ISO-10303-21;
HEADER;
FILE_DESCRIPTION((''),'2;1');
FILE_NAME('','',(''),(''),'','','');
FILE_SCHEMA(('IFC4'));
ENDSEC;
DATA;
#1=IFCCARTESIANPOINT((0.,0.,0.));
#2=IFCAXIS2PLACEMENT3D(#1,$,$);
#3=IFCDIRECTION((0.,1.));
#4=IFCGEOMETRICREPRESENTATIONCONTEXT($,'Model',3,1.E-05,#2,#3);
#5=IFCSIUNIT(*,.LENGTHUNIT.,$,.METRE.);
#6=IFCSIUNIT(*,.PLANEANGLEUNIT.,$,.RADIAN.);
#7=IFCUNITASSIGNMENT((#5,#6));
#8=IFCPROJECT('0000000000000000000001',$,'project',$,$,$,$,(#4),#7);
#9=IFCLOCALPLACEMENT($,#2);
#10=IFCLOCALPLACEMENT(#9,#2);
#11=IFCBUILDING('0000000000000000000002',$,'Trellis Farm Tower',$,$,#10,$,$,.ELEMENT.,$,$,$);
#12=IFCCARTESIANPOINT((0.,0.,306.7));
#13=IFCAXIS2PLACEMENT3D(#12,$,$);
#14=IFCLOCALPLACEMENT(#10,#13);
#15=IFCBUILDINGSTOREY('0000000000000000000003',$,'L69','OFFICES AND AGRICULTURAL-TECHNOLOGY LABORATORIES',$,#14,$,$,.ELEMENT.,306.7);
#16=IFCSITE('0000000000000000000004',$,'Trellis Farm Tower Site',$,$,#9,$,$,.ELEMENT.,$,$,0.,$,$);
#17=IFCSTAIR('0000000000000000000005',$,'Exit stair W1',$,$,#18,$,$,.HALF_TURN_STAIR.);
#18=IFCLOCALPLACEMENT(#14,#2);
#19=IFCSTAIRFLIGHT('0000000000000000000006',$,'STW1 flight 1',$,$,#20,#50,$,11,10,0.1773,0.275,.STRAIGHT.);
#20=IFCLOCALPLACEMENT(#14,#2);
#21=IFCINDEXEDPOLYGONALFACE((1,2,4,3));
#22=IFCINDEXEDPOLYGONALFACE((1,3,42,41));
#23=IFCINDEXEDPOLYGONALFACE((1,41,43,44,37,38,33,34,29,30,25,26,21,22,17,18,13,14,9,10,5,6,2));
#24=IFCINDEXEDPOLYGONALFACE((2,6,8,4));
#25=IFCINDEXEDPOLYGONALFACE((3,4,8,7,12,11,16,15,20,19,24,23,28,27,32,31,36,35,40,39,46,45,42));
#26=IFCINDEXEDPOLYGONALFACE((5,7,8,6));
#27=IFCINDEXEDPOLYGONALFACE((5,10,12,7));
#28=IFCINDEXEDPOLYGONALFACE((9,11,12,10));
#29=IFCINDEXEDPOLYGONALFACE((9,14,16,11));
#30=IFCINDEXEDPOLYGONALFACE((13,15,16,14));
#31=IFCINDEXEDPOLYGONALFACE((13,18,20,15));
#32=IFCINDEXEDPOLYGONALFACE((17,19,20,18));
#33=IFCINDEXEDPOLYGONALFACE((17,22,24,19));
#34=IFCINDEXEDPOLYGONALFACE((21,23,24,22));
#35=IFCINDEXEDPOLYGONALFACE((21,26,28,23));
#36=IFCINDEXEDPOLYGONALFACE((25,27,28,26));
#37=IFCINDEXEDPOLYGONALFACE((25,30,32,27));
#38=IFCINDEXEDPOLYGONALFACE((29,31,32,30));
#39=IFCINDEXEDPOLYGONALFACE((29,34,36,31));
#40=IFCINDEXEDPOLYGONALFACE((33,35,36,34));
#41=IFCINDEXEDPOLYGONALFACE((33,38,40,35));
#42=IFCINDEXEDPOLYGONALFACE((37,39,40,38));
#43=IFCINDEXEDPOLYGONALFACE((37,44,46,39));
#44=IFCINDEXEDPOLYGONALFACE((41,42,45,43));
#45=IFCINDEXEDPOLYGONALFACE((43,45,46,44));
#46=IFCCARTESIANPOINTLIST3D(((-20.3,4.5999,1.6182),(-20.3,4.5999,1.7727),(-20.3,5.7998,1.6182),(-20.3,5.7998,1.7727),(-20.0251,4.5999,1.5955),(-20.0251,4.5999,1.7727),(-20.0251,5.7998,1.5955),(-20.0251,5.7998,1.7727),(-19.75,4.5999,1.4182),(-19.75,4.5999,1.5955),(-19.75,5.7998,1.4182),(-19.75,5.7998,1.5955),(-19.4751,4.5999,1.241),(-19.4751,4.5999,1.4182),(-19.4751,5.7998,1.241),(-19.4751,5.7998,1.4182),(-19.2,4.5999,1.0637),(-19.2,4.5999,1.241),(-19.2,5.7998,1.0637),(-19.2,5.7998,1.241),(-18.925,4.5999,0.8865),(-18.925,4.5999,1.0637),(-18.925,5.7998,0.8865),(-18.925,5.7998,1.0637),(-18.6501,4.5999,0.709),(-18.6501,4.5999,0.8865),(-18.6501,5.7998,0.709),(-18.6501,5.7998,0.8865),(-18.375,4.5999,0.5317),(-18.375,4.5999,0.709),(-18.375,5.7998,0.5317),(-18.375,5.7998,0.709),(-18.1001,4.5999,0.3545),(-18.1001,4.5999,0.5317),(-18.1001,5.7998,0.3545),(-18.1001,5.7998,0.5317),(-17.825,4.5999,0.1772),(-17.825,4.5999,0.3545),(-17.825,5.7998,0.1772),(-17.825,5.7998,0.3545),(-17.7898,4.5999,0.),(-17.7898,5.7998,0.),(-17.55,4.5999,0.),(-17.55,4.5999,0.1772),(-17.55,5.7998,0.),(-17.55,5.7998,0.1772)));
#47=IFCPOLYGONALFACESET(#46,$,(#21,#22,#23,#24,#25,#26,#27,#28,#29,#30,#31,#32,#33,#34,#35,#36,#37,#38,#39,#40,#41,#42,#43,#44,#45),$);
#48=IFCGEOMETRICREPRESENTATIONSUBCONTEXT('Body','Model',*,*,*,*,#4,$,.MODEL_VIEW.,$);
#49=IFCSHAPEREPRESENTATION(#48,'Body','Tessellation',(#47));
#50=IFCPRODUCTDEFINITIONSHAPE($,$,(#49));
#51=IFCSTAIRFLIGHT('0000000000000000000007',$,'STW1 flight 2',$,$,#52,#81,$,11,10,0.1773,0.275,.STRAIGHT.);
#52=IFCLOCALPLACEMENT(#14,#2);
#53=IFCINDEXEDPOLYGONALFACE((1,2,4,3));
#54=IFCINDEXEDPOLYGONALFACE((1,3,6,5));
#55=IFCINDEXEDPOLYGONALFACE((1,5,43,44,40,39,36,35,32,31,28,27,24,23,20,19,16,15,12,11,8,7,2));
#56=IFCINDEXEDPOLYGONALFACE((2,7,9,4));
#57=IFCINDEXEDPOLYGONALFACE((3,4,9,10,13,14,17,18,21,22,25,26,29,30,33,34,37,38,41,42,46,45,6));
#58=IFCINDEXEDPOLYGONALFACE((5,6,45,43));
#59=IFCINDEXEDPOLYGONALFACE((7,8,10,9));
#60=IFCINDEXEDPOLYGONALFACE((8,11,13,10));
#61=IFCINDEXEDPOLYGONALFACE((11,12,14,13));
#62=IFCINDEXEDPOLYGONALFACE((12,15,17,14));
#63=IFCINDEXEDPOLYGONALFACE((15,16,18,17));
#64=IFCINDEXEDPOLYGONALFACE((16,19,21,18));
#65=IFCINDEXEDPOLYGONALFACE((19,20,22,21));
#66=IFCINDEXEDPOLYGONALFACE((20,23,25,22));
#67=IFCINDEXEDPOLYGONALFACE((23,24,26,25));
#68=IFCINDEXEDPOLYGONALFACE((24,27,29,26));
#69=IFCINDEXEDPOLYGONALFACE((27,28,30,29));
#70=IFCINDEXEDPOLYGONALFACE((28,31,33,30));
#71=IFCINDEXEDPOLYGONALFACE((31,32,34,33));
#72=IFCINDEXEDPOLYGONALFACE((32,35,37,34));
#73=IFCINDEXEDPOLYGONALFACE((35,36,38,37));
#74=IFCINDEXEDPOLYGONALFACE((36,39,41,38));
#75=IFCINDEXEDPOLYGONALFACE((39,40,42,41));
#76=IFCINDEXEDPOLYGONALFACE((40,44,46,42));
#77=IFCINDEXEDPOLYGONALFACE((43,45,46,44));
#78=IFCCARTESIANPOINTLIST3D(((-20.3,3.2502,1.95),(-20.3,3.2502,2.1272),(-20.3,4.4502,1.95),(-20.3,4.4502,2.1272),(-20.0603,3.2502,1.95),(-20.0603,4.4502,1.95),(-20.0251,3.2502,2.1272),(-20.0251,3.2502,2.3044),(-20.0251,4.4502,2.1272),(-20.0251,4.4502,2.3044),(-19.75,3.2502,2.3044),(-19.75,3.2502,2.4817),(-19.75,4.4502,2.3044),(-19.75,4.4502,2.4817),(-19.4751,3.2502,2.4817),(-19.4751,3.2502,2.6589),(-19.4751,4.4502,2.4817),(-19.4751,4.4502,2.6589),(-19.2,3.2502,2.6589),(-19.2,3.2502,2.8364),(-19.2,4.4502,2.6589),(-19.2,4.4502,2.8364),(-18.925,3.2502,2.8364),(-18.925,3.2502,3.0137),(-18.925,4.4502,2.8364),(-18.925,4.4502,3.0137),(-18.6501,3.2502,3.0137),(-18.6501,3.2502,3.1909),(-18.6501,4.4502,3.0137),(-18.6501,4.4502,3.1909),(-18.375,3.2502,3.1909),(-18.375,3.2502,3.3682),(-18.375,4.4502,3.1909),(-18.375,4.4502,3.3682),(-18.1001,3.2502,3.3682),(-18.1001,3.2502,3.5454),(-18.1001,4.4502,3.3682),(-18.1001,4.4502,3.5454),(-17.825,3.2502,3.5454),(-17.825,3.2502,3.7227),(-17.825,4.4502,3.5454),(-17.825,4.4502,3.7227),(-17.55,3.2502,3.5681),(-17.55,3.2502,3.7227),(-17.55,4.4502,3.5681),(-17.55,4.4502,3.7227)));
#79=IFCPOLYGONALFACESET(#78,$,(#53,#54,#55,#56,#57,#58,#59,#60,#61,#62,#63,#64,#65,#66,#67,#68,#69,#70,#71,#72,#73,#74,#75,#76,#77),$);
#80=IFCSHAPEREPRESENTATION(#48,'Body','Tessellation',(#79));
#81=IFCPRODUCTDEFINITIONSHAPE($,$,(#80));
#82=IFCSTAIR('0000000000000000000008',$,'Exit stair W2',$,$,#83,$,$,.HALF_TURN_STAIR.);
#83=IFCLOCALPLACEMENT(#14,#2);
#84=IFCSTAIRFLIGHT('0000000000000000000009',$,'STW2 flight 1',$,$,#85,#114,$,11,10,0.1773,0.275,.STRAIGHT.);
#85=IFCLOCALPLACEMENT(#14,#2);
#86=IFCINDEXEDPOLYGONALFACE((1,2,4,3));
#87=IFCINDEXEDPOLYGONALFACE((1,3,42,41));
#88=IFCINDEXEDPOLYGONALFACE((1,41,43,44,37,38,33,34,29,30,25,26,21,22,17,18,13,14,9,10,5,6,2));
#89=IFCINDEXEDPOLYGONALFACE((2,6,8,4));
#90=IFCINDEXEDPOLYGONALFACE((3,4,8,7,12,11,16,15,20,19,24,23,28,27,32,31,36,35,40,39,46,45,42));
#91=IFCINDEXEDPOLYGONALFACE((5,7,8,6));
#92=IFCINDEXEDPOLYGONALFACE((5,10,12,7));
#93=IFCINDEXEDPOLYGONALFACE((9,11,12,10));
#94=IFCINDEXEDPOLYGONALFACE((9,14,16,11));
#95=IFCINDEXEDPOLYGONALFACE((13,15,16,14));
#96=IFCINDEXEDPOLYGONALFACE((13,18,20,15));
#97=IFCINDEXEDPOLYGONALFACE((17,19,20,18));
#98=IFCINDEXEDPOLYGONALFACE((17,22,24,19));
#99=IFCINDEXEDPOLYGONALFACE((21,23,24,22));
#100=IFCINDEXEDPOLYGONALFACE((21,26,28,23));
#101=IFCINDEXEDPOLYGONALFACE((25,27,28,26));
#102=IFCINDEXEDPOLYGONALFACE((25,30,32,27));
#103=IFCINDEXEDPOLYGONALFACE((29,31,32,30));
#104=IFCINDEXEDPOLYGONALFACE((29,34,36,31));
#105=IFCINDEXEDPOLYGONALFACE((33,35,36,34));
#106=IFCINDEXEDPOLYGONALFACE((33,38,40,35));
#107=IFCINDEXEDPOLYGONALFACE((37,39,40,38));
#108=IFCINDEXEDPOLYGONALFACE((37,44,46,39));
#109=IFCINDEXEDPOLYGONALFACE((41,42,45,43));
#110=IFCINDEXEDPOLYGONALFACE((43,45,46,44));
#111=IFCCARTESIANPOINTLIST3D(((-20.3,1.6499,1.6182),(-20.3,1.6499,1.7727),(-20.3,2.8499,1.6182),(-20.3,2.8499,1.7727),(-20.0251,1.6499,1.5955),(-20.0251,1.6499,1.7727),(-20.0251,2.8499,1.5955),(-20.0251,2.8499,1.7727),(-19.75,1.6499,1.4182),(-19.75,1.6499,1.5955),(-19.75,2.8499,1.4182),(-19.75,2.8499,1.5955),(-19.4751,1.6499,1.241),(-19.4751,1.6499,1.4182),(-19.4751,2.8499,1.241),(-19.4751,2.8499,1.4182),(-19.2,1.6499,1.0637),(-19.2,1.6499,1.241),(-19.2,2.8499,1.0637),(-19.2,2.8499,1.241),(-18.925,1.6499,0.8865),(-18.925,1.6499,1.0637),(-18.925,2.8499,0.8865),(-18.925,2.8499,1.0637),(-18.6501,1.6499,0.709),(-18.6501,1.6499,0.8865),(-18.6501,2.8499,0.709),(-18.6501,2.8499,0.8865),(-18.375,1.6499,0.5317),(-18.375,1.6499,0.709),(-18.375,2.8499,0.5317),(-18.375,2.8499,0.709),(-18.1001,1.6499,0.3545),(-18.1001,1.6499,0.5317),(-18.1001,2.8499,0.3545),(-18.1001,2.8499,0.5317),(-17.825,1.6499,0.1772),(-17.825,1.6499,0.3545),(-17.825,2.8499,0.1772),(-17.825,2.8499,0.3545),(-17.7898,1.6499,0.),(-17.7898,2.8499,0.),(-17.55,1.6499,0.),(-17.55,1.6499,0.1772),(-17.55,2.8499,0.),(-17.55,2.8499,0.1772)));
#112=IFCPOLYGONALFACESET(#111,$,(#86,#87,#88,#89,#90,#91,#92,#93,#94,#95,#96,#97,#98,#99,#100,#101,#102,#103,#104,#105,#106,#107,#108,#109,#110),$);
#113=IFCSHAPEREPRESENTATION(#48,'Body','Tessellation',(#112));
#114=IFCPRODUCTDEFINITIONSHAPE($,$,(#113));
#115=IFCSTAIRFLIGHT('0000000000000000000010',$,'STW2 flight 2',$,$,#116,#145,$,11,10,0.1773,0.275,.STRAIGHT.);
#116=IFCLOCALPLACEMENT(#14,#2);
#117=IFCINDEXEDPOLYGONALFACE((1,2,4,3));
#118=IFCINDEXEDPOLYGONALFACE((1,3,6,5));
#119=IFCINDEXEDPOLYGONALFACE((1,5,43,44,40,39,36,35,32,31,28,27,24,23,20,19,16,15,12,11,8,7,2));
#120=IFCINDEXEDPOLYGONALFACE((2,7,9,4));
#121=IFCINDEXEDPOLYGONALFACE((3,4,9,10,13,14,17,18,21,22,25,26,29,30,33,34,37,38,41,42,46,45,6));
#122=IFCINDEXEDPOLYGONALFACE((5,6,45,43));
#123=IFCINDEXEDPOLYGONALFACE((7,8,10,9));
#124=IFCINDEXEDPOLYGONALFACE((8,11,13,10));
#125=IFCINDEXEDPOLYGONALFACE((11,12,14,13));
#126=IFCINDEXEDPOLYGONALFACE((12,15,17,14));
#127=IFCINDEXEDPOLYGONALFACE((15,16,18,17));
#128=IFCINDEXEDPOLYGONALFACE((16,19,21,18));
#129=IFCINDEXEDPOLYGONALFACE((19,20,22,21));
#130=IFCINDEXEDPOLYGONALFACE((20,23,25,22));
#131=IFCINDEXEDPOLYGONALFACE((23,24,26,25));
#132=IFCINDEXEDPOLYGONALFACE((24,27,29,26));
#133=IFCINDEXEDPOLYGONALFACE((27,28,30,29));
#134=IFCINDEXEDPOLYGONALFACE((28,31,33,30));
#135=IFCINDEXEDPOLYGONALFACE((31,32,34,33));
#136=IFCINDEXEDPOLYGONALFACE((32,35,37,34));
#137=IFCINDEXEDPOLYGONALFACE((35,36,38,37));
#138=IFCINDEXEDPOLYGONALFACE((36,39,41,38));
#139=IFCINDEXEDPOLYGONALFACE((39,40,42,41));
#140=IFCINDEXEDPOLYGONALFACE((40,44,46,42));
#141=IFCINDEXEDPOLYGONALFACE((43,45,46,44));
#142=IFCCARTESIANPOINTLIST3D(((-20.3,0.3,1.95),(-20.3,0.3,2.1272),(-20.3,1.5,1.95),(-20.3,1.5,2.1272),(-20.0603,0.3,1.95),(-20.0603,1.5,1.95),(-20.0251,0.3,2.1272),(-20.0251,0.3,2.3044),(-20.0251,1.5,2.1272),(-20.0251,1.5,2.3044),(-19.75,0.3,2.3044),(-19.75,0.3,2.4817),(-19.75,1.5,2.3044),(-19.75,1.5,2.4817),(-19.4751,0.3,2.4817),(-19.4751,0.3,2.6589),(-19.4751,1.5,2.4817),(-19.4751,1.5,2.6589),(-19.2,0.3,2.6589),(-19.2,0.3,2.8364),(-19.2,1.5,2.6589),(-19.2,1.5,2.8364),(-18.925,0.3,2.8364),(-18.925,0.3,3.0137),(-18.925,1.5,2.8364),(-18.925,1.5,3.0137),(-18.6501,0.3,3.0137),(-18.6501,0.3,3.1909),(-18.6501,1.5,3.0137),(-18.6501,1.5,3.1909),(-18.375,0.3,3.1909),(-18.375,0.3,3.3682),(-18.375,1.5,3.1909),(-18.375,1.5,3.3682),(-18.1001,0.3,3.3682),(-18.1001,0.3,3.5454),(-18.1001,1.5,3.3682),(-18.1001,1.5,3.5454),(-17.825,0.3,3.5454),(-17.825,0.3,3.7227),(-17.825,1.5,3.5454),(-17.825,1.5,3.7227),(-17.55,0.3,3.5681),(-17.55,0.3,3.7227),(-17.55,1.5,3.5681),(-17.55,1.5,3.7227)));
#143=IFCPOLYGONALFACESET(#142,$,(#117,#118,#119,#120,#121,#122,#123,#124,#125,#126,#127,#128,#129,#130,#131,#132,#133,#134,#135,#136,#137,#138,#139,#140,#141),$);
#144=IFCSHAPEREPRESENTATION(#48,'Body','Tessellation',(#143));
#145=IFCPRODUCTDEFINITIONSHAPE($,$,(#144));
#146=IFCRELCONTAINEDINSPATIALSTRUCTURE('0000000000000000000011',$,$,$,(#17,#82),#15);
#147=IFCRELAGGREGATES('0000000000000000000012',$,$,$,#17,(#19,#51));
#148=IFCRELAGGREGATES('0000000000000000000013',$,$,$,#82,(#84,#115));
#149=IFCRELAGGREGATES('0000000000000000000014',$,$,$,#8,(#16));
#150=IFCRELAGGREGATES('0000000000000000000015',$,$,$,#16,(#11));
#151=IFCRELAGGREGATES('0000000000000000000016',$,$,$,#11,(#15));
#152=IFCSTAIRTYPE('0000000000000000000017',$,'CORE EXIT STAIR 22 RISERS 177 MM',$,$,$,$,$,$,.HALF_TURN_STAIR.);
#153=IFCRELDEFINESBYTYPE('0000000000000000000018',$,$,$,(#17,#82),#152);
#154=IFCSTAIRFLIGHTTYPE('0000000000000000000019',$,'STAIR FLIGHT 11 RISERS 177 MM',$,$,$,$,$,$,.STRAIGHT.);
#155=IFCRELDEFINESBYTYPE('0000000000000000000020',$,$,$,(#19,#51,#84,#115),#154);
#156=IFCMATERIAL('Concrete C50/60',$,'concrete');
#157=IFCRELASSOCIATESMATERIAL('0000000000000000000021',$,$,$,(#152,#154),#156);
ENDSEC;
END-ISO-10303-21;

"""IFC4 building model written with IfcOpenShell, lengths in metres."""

from ifc_helpers import new_model, si_unit, direction, frame, origin, place, context, subcontext, project, spatial, polyline, outline, extrude, source, transform, mapped, material, type_object, element, aggregate, save


model = new_model("IFC4")

# Units and contexts
model_context = context("Model", 3, precision=1e-05, world=origin(), true_north=direction((0.0, 1.0)))
body_context = subcontext(model_context, "Body", "Model", "MODEL_VIEW")
ifc_project = project(units=[si_unit("LENGTHUNIT", "METRE"), si_unit("PLANEANGLEUNIT", "RADIAN")], contexts=[model_context])

# Site, building, storey
site_placement = place(None, origin())
site = spatial("IfcSite", under=ifc_project, at=site_placement, Name="Trellis Farm Tower Site", CompositionType="ELEMENT", RefElevation=0.0)
building_placement = place(site_placement, origin())
building = spatial("IfcBuilding", under=site, at=building_placement, Name="Trellis Farm Tower", CompositionType="ELEMENT")
storey_placement = place(building_placement, frame((0.0, 0.0, 306.7)))
storey = spatial("IfcBuildingStorey", under=building, at=storey_placement, Name="L69", Description="OFFICES AND AGRICULTURAL-TECHNOLOGY LABORATORIES", CompositionType="ELEMENT", Elevation=306.7)

# Shared definitions
placement = place(storey_placement, origin())

# Shared definitions
ifc_material_1 = material(Name="Concrete C50/60", Category="concrete")

# Stairs, stair flights
stair_type = type_object("IfcStairType", Name="CORE EXIT STAIR 22 RISERS 177 MM", PredefinedType="HALF_TURN_STAIR", material=ifc_material_1)
stair_1 = element("IfcStair", 1, at=placement, inside=storey, type_object=stair_type, Name="Exit stair W1", PredefinedType="HALF_TURN_STAIR")
stair_flight_type = type_object("IfcStairFlightType", Name="STAIR FLIGHT 11 RISERS 177 MM", PredefinedType="STRAIGHT", material=ifc_material_1)
shared_shape_1 = source(origin(), body_context, "Body", "SweptSolid", [
    extrude(outline(polyline([(0.0, 0.0), (0.0, 0.1772), (0.2749, 0.1772), (0.2749, 0.3545), (0.55, 0.3545), (0.55, 0.5317), (0.825, 0.5317), (0.825, 0.709), (1.1001, 0.709), (1.1001, 0.8865), (1.375, 0.8865), (1.375, 1.0637), (1.6499, 1.0637), (1.6499, 1.241), (1.925, 1.241), (1.925, 1.4182), (2.2, 1.4182), (2.2, 1.5955), (2.4751, 1.5955), (2.4751, 1.7727), (2.75, 1.7727), (2.75, 1.95), (2.75, 1.6182), (0.2397, 0.0), (0.0, 0.0)])), frame((0.0, 0.6001, 0.0), z_axis=(0.0, -1.0, 0.0), x_axis=(1.0, 0.0, 0.0)), (0.0, 0.0, 1.0), 1.2),
])
stair_flight_1_placement = place(storey_placement, frame((-17.55, 5.2, 0.0), z_axis=(0.0, 0.0, 1.0), x_axis=(-1.0, 0.0, 0.0)))
stair_flight_1 = element("IfcStairFlight", 2, at=stair_flight_1_placement, type_object=stair_flight_type, Name="STW1 flight 1", NumberOfRisers=11, NumberOfTreads=10, PredefinedType="STRAIGHT", RiserHeight=0.1773, TreadLength=0.275, context=body_context, shape_type="MappedRepresentation", body=[
    mapped(shared_shape_1, transform((0.0, 0.0, 0.0))),
])
stair_flight_2_placement = place(storey_placement, frame((-20.3, 3.8501, 1.95), z_axis=(0.0, 0.0, 1.0), x_axis=(1.0, 0.0, 0.0)))
stair_flight_2 = element("IfcStairFlight", 3, at=stair_flight_2_placement, type_object=stair_flight_type, Name="STW1 flight 2", NumberOfRisers=11, NumberOfTreads=10, PredefinedType="STRAIGHT", RiserHeight=0.1773, TreadLength=0.275, context=body_context, shape_type="MappedRepresentation", body=[
    mapped(shared_shape_1, transform((0.0, 0.0, 0.0))),
])
aggregate(stair_1, [stair_flight_1, stair_flight_2])
stair_2 = element("IfcStair", 4, at=placement, inside=storey, type_object=stair_type, Name="Exit stair W2", PredefinedType="HALF_TURN_STAIR")
stair_flight_3_placement = place(storey_placement, frame((-17.55, 2.25, 0.0), z_axis=(0.0, 0.0, 1.0), x_axis=(-1.0, 0.0, 0.0)))
stair_flight_3 = element("IfcStairFlight", 5, at=stair_flight_3_placement, type_object=stair_flight_type, Name="STW2 flight 1", NumberOfRisers=11, NumberOfTreads=10, PredefinedType="STRAIGHT", RiserHeight=0.1773, TreadLength=0.275, context=body_context, shape_type="MappedRepresentation", body=[
    mapped(shared_shape_1, transform((0.0, 0.0, 0.0))),
])
stair_flight_4_placement = place(storey_placement, frame((-20.3, 0.8999, 1.95), z_axis=(0.0, 0.0, 1.0), x_axis=(1.0, 0.0, 0.0)))
stair_flight_4 = element("IfcStairFlight", 6, at=stair_flight_4_placement, type_object=stair_flight_type, Name="STW2 flight 2", NumberOfRisers=11, NumberOfTreads=10, PredefinedType="STRAIGHT", RiserHeight=0.1773, TreadLength=0.275, context=body_context, shape_type="MappedRepresentation", body=[
    mapped(shared_shape_1, transform((0.0, 0.0, 0.0))),
])
aggregate(stair_2, [stair_flight_3, stair_flight_4])

save(model, "model.ifc")
